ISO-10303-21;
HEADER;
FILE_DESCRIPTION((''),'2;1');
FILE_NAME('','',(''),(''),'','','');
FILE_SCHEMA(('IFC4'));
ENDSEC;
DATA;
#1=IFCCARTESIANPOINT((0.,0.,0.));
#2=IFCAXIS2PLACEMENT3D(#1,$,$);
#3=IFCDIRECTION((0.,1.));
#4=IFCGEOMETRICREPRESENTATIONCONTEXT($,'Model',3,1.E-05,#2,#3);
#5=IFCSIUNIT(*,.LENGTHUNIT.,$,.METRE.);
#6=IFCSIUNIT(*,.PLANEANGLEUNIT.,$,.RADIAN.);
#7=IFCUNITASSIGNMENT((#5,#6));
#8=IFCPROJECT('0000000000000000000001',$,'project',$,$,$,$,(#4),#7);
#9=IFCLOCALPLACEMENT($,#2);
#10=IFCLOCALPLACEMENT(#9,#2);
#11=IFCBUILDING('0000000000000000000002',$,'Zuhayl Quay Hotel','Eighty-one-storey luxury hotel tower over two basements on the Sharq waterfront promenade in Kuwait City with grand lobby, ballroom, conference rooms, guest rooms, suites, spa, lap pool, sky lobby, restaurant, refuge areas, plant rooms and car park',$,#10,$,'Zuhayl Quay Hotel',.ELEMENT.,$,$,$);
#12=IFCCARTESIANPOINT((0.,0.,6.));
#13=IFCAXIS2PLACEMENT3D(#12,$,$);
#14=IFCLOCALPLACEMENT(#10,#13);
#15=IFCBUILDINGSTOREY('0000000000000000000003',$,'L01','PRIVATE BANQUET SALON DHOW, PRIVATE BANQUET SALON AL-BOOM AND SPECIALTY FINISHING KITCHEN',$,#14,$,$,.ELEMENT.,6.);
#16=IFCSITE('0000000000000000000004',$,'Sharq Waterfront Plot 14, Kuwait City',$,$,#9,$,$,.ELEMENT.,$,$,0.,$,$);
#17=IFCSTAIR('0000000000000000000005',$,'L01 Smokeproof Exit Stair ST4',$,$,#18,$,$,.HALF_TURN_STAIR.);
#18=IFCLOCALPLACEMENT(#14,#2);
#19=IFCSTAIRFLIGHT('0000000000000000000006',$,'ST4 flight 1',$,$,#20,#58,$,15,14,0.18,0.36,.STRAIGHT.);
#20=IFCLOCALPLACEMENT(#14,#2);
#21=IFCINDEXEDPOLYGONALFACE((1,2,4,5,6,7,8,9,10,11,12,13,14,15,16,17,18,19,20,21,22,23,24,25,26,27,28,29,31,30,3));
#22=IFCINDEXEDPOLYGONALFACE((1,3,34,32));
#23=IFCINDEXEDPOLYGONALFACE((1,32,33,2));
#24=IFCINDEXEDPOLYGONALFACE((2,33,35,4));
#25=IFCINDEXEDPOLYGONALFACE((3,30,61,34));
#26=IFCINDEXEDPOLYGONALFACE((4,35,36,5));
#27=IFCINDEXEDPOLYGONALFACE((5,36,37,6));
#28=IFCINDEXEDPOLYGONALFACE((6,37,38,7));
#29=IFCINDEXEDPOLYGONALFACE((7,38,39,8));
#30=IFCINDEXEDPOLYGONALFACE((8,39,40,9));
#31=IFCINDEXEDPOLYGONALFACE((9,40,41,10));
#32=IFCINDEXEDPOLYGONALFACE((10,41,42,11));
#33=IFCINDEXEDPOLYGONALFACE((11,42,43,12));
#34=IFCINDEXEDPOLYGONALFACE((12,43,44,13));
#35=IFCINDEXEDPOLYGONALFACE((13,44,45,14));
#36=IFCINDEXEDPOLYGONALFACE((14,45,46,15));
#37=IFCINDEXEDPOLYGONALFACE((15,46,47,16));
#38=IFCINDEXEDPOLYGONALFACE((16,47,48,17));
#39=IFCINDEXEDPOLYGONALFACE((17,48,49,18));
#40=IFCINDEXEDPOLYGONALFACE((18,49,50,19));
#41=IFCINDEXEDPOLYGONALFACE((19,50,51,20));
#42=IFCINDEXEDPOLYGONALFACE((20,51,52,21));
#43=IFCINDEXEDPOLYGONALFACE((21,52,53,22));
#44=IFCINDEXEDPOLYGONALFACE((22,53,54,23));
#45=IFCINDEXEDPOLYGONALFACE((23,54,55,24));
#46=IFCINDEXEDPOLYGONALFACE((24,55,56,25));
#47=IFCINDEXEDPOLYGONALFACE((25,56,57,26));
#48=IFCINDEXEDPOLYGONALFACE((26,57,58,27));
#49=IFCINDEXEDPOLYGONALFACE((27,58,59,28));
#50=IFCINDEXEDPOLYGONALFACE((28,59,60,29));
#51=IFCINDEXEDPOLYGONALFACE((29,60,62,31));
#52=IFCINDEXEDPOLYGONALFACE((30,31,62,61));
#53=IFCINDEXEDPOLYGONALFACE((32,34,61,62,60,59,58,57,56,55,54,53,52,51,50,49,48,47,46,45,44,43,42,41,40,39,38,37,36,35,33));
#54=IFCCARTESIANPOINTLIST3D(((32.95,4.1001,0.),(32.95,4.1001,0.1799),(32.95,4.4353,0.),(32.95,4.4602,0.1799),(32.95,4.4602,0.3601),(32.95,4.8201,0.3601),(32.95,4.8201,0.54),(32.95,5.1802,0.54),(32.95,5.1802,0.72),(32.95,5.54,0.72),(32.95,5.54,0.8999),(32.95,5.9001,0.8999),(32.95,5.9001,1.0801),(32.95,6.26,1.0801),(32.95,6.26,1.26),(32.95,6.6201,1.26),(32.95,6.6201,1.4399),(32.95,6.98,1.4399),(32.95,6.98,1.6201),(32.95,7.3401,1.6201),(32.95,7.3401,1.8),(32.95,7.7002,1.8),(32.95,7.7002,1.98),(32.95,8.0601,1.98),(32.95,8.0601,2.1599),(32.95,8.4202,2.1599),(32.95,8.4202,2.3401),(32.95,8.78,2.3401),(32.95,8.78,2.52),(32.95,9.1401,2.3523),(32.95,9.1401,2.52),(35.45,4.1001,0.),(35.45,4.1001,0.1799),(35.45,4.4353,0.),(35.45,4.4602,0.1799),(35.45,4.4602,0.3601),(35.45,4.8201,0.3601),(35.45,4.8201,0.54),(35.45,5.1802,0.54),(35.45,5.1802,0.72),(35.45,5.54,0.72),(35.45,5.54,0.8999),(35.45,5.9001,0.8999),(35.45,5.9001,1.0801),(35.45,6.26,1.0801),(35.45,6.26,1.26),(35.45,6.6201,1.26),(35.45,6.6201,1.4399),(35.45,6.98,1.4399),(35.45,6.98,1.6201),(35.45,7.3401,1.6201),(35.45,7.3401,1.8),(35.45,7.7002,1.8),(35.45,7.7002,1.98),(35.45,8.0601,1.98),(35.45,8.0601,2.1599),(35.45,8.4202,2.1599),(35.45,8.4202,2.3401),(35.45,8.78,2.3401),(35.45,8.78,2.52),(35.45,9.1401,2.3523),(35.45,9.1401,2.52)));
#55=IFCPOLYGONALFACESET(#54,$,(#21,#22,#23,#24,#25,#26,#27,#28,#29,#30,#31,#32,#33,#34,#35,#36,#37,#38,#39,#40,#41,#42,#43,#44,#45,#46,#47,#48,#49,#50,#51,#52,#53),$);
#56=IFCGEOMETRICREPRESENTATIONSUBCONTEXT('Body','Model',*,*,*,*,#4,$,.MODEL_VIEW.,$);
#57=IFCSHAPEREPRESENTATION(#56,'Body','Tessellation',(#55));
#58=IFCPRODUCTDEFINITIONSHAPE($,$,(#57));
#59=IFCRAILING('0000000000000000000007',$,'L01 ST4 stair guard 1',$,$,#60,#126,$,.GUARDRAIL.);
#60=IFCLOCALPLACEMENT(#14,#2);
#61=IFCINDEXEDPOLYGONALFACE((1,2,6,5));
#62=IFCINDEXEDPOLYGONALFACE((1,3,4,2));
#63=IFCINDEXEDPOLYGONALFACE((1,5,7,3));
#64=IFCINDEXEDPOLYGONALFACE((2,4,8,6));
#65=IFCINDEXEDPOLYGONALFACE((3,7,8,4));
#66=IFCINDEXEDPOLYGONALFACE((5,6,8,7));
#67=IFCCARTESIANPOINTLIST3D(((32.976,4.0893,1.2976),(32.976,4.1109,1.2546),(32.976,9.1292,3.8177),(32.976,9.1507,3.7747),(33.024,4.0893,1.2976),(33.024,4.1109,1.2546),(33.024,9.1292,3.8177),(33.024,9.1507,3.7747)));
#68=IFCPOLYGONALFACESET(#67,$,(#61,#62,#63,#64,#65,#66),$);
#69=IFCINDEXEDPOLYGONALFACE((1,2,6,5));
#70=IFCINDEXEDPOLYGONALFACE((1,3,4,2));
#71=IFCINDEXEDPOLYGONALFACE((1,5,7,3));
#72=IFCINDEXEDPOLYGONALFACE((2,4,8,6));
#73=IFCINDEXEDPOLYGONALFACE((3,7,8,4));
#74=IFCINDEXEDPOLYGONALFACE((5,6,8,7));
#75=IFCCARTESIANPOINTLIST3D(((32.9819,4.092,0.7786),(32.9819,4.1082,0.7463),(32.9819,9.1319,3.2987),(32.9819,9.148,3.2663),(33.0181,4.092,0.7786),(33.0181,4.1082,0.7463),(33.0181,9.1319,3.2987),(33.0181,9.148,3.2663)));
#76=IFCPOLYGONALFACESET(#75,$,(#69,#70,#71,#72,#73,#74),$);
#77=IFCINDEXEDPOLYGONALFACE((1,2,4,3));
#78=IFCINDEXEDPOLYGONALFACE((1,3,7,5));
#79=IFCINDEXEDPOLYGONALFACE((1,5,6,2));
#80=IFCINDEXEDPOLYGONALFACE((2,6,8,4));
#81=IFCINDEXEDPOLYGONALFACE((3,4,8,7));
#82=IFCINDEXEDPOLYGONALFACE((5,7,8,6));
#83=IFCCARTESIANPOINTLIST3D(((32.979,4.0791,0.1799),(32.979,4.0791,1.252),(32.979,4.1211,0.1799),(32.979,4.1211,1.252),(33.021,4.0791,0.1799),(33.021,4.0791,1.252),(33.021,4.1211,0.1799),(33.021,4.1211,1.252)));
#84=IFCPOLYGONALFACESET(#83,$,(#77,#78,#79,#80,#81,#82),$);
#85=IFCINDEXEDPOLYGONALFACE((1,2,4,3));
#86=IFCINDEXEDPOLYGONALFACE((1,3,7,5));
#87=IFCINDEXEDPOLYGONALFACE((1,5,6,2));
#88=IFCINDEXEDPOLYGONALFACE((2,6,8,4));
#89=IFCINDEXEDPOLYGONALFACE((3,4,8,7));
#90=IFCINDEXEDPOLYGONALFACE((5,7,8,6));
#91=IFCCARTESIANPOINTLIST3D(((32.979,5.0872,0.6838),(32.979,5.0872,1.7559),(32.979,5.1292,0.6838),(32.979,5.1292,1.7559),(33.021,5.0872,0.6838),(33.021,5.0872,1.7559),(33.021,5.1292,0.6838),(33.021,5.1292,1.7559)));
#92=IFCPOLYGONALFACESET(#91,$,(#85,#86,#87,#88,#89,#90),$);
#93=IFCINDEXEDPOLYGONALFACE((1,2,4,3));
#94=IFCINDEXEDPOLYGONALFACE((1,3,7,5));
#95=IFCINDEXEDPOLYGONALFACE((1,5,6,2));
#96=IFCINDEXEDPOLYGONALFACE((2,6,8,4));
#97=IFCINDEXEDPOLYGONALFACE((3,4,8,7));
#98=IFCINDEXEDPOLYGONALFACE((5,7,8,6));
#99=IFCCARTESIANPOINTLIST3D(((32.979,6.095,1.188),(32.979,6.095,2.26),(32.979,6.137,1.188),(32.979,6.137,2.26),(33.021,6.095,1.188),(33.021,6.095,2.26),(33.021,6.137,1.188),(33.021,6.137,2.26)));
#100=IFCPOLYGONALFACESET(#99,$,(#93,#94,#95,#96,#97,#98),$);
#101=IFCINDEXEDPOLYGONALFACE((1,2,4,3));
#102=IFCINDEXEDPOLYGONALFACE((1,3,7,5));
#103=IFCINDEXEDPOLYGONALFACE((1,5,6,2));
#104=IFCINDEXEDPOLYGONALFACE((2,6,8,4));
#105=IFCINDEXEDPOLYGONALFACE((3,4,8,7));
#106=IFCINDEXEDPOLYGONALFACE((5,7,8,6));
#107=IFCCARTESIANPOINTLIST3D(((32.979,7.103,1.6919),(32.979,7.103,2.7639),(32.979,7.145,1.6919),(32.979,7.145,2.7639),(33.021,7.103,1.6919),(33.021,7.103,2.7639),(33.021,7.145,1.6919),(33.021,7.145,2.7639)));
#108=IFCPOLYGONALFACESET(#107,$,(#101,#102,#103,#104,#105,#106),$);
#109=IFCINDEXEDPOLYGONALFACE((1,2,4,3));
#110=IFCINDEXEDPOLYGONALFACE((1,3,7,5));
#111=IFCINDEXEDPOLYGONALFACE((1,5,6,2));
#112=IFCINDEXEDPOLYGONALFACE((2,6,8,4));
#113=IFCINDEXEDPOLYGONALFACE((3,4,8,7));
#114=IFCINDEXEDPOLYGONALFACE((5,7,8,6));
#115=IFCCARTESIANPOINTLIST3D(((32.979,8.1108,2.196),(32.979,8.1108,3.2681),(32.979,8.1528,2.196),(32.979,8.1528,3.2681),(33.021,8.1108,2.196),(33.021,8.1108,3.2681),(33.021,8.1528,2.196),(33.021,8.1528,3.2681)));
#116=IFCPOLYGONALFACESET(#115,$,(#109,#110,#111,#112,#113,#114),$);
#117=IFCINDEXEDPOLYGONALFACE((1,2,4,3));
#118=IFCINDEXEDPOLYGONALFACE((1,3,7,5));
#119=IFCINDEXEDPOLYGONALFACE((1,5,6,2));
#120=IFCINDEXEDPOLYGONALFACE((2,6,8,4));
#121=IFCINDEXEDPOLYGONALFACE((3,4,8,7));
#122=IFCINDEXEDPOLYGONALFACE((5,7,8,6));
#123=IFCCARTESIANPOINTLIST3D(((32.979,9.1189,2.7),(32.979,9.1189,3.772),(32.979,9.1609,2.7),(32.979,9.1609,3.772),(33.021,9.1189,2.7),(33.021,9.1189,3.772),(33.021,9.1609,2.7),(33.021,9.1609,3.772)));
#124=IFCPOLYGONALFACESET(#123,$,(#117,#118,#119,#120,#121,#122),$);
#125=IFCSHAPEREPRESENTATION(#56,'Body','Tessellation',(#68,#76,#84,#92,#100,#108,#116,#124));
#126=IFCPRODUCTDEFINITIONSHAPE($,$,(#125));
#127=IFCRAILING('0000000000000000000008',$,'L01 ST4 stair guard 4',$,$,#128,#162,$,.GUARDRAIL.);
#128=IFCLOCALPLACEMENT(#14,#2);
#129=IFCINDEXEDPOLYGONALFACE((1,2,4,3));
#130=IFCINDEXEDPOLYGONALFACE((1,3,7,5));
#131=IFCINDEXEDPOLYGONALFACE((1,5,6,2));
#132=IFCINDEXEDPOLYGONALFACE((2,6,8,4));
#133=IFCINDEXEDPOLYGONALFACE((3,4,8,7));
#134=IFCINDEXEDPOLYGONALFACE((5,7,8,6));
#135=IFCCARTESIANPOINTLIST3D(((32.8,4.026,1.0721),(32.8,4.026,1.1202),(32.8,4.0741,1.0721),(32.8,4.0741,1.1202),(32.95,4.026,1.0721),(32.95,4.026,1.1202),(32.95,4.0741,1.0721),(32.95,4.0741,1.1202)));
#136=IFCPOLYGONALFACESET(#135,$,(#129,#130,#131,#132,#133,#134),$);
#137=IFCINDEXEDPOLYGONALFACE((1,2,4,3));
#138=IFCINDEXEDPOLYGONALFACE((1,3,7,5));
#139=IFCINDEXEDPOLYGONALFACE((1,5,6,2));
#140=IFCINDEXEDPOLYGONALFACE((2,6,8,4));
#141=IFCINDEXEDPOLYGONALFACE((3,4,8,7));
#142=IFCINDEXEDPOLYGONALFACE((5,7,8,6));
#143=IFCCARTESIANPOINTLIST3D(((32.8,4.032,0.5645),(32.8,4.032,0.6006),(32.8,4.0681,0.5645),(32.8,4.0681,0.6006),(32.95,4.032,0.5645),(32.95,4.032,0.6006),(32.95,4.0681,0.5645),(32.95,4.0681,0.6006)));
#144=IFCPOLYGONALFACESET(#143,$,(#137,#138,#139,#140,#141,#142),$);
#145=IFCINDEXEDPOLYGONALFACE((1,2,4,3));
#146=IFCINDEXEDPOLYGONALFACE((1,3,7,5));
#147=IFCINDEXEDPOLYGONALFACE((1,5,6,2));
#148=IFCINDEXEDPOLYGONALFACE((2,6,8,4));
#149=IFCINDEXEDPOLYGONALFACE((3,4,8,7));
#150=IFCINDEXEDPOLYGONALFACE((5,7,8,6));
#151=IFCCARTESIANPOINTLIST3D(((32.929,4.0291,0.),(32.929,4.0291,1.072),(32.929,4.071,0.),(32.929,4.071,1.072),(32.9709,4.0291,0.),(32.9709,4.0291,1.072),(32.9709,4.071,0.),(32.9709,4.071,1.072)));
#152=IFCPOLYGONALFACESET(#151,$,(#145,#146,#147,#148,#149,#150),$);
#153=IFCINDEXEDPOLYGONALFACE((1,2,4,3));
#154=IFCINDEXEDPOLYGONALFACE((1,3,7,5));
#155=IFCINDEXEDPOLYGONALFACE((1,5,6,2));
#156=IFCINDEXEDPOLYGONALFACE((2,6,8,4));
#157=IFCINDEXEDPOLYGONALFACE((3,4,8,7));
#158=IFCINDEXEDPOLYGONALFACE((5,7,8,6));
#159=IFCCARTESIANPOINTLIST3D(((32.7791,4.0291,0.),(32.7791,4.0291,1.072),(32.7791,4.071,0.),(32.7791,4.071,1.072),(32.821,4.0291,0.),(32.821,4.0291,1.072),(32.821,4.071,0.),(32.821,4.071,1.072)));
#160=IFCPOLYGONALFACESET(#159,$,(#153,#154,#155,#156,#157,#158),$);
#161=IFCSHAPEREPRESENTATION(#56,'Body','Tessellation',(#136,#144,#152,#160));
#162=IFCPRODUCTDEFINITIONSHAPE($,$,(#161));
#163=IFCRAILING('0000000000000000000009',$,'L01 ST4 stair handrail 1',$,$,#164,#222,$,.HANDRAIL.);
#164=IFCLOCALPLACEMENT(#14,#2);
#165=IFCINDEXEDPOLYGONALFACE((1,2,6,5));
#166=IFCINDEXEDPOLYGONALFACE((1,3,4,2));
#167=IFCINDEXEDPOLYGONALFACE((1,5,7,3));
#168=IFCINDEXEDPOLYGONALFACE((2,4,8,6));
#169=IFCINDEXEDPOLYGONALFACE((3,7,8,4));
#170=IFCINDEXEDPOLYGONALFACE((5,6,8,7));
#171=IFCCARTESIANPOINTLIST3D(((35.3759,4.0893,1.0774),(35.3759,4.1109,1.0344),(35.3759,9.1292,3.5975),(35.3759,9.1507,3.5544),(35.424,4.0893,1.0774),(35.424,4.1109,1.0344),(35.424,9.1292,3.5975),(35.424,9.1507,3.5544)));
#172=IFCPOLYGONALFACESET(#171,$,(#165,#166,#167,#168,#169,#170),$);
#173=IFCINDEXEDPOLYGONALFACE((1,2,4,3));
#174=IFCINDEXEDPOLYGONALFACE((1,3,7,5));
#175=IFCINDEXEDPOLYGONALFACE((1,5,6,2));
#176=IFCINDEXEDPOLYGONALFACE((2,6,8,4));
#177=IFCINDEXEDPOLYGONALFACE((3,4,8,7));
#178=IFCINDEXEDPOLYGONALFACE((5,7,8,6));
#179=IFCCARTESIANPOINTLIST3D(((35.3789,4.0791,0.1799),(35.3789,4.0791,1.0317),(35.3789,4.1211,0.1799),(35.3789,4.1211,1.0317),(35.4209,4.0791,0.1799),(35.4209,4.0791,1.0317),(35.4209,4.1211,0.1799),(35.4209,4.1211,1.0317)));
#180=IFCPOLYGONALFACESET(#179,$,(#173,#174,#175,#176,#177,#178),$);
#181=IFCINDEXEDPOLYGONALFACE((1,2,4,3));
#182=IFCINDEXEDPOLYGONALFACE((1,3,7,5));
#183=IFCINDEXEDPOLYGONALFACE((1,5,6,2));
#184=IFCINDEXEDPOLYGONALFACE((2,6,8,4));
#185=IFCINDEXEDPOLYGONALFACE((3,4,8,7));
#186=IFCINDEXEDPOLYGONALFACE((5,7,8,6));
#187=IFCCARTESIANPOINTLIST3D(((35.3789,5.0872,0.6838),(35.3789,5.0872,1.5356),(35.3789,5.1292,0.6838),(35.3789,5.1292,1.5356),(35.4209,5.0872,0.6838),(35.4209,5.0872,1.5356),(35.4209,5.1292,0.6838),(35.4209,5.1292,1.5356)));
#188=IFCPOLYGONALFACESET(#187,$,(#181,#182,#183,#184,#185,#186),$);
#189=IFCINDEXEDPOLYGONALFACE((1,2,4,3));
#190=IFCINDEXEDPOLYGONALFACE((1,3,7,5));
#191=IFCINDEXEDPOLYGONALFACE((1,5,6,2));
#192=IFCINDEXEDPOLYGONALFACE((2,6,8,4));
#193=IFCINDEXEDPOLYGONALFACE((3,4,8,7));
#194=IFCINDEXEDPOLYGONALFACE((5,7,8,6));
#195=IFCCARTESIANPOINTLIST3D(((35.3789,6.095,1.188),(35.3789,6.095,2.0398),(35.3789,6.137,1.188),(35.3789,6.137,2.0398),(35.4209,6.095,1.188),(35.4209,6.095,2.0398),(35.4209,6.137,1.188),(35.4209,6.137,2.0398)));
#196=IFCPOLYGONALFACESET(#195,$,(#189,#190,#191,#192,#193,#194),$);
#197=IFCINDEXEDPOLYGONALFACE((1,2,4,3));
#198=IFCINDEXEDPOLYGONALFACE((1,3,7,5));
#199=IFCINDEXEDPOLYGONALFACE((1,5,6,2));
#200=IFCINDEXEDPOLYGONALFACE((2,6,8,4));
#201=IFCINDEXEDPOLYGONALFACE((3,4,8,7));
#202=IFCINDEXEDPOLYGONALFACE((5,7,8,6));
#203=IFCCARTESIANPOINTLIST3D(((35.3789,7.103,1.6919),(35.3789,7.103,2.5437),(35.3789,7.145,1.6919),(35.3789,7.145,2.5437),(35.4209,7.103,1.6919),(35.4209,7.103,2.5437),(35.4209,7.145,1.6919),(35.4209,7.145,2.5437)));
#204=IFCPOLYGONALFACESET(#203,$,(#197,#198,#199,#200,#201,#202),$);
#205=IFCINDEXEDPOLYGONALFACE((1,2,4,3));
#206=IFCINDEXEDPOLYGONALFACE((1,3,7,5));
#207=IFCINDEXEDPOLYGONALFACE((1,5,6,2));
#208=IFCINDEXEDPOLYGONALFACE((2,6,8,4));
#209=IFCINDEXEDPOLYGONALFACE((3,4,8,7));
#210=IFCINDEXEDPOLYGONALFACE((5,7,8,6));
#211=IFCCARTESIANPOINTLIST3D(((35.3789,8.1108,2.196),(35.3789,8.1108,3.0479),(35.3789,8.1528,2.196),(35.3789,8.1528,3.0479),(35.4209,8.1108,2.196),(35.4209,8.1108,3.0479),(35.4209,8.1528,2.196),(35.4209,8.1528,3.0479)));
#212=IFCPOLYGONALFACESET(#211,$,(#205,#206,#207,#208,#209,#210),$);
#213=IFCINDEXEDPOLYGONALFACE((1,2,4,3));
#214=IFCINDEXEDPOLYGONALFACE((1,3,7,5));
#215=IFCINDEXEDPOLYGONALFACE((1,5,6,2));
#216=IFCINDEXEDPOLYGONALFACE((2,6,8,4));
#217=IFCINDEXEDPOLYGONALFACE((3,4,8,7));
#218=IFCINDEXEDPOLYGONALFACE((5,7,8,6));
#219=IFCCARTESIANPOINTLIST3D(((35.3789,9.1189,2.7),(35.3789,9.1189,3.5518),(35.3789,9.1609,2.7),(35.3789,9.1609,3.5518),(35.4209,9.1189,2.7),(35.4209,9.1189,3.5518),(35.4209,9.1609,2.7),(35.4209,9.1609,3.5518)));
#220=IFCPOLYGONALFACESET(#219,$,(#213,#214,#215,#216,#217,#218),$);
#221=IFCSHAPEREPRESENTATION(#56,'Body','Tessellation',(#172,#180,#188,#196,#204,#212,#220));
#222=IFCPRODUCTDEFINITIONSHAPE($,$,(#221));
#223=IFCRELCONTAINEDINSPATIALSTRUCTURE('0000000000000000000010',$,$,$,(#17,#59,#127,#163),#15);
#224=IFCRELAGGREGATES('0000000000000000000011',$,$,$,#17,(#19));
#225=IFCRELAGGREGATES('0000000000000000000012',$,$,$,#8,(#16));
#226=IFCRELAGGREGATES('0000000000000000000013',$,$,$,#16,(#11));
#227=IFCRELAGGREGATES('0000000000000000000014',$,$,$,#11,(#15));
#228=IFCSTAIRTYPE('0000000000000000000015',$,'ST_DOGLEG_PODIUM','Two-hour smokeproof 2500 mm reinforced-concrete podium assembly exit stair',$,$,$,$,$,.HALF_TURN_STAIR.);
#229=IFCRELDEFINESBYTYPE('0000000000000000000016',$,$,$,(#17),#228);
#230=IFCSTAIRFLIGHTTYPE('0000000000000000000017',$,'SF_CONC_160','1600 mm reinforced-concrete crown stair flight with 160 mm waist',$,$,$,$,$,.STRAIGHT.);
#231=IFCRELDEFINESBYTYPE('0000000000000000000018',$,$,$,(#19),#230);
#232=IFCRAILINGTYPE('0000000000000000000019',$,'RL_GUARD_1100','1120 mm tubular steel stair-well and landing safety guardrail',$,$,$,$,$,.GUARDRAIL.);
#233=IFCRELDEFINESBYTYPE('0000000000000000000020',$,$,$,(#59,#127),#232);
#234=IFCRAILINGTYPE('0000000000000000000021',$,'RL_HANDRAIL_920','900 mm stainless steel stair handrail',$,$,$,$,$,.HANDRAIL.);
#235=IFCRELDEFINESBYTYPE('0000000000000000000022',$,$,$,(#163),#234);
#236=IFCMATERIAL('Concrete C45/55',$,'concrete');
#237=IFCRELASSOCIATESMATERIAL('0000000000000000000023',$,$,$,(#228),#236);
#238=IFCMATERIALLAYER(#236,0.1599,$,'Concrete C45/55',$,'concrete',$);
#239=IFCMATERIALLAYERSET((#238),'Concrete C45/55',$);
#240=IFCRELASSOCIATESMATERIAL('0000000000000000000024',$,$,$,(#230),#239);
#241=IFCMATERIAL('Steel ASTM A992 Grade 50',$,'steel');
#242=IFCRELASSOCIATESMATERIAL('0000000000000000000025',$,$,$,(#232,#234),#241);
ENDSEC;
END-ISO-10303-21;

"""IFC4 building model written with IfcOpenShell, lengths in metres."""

from ifc_helpers import new_model, si_unit, direction, frame, origin, origin_2d, place, context, subcontext, project, spatial, polyline, rectangle, outline, extrude, material, layer, layer_set, type_object, element, aggregate, save


model = new_model("IFC4")

# Units and contexts
model_context = context("Model", 3, precision=1e-05, world=origin(), true_north=direction((0.0, 1.0)))
body_context = subcontext(model_context, "Body", "Model", "MODEL_VIEW")
ifc_project = project(units=[si_unit("LENGTHUNIT", "METRE"), si_unit("PLANEANGLEUNIT", "RADIAN")], contexts=[model_context])

# Site, building, storey
site_placement = place(None, origin())
site = spatial("IfcSite", under=ifc_project, at=site_placement, Name="Sharq Waterfront Plot 14, Kuwait City", CompositionType="ELEMENT", RefElevation=0.0)
building_placement = place(site_placement, origin())
building = spatial("IfcBuilding", under=site, at=building_placement, Name="Zuhayl Quay Hotel", Description="Eighty-one-storey luxury hotel tower over two basements on the Sharq waterfront promenade in Kuwait City with grand lobby, ballroom, conference rooms, guest rooms, suites, spa, lap pool, sky lobby, restaurant, refuge areas, plant rooms and car park", LongName="Zuhayl Quay Hotel", CompositionType="ELEMENT")
storey_placement = place(building_placement, frame((0.0, 0.0, 6.0)))
storey = spatial("IfcBuildingStorey", under=building, at=storey_placement, Name="L01", Description="PRIVATE BANQUET SALON DHOW, PRIVATE BANQUET SALON AL-BOOM AND SPECIALTY FINISHING KITCHEN", CompositionType="ELEMENT", Elevation=6.0)

# Shared definitions
ifc_material_1 = material(Name="Steel ASTM A992 Grade 50", Category="steel")

# Stair, stair flight
ifc_material_2 = material(Name="Concrete C45/55", Category="concrete")
stair_type = type_object("IfcStairType", Name="ST_DOGLEG_PODIUM", Description="Two-hour smokeproof 2500 mm reinforced-concrete podium assembly exit stair", PredefinedType="HALF_TURN_STAIR", material=ifc_material_2)
stair_placement = place(storey_placement, origin())
stair = element("IfcStair", 1, at=stair_placement, inside=storey, type_object=stair_type, Name="L01 Smokeproof Exit Stair ST4", PredefinedType="HALF_TURN_STAIR")
ifc_layer_1 = layer(ifc_material_2, 0.1599, Name="Concrete C45/55", Category="concrete")
ifc_layer_set_1 = layer_set([ifc_layer_1], Name="Concrete C45/55")
stair_flight_type = type_object("IfcStairFlightType", Name="SF_CONC_160", Description="1600 mm reinforced-concrete crown stair flight with 160 mm waist", PredefinedType="STRAIGHT", material=ifc_layer_set_1)
stair_flight_placement = place(storey_placement, frame((34.2, 4.1001, 0.0), z_axis=(0.0, 0.0, 1.0), x_axis=(0.0, 1.0, 0.0)))
stair_flight = element("IfcStairFlight", 2, at=stair_flight_placement, type_object=stair_flight_type, Name="ST4 flight 1", NumberOfRisers=15, NumberOfTreads=14, PredefinedType="STRAIGHT", RiserHeight=0.18, TreadLength=0.36, context=body_context, shape_type="SweptSolid", body=[
    extrude(outline(polyline([(0.0, 0.0), (0.0, 0.1799), (0.3601, 0.1799), (0.3601, 0.3601), (0.72, 0.3601), (0.72, 0.54), (1.0801, 0.54), (1.0801, 0.72), (1.4399, 0.72), (1.4399, 0.8999), (1.8, 0.8999), (1.8, 1.0801), (2.1599, 1.0801), (2.1599, 1.26), (2.52, 1.26), (2.52, 1.4399), (2.8799, 1.4399), (2.8799, 1.6201), (3.24, 1.6201), (3.24, 1.8), (3.6001, 1.8), (3.6001, 1.98), (3.96, 1.98), (3.96, 2.1599), (4.3201, 2.1599), (4.3201, 2.3401), (4.6799, 2.3401), (4.6799, 2.52), (5.04, 2.52), (5.04, 2.7), (5.04, 2.3523), (0.3352, 0.0), (0.0, 0.0)])), frame((0.0, 1.25, 0.0), z_axis=(0.0, -1.0, 0.0), x_axis=(1.0, 0.0, 0.0)), (0.0, 0.0, 1.0), 2.5),
])
aggregate(stair, [stair_flight])

# Railings
railing_type_1 = type_object("IfcRailingType", Name="RL_GUARD_1100", Description="1120 mm tubular steel stair-well and landing safety guardrail", PredefinedType="GUARDRAIL", material=ifc_material_1)
railing_1_placement = place(storey_placement, frame((33.0, 4.1001, 0.1799)))
element("IfcRailing", 3, at=railing_1_placement, inside=storey, type_object=railing_type_1, Name="L01 ST4 stair guard 1", PredefinedType="GUARDRAIL", context=body_context, shape_type="SweptSolid", body=[
    extrude(rectangle(XDim=0.0481, YDim=0.0481, at=origin_2d()), frame((0.0, 0.0, 1.0962), z_axis=(0.0, 0.894419, 0.447231), x_axis=(-1.0, 0.0, 0.0)), (0.0, 0.0, 1.0), 5.6348),
    extrude(rectangle(XDim=0.0361, YDim=0.0361, at=origin_2d()), frame((0.0, 0.0, 0.5825), z_axis=(0.0, 0.894419, 0.447231), x_axis=(-1.0, 0.0, 0.0)), (0.0, 0.0, 1.0), 5.6348),
    extrude(rectangle(XDim=0.042, YDim=0.042, at=origin_2d()), origin(), (0.0, 0.0, 1.0), 1.072),
    extrude(rectangle(XDim=0.042, YDim=0.042, at=origin_2d()), frame((0.0, 1.0081, 0.5039)), (0.0, 0.0, 1.0), 1.072),
    extrude(rectangle(XDim=0.042, YDim=0.042, at=origin_2d()), frame((0.0, 2.0159, 1.0081)), (0.0, 0.0, 1.0), 1.072),
    extrude(rectangle(XDim=0.042, YDim=0.042, at=origin_2d()), frame((0.0, 3.0239, 1.512)), (0.0, 0.0, 1.0), 1.072),
    extrude(rectangle(XDim=0.042, YDim=0.042, at=origin_2d()), frame((0.0, 4.0317, 2.0161)), (0.0, 0.0, 1.0), 1.072),
    extrude(rectangle(XDim=0.042, YDim=0.042, at=origin_2d()), frame((0.0, 5.0398, 2.52)), (0.0, 0.0, 1.0), 1.072),
])
railing_2_placement = place(storey_placement, frame((32.95, 4.05, 0.0)))
element("IfcRailing", 4, at=railing_2_placement, inside=storey, type_object=railing_type_1, Name="L01 ST4 stair guard 4", PredefinedType="GUARDRAIL", context=body_context, shape_type="SweptSolid", body=[
    extrude(rectangle(XDim=0.0481, YDim=0.0481, at=origin_2d()), frame((0.0, 0.0, 1.0962), z_axis=(-1.0, 0.0, 0.0), x_axis=(0.0, -1.0, 0.0)), (0.0, 0.0, 1.0), 0.1499),
    extrude(rectangle(XDim=0.0361, YDim=0.0361, at=origin_2d()), frame((0.0, 0.0, 0.5825), z_axis=(-1.0, 0.0, 0.0), x_axis=(0.0, -1.0, 0.0)), (0.0, 0.0, 1.0), 0.1499),
    extrude(rectangle(XDim=0.042, YDim=0.042, at=origin_2d()), origin(), (0.0, 0.0, 1.0), 1.072),
    extrude(rectangle(XDim=0.042, YDim=0.042, at=origin_2d()), frame((-0.1499, 0.0, 0.0)), (0.0, 0.0, 1.0), 1.072),
])
railing_type_2 = type_object("IfcRailingType", Name="RL_HANDRAIL_920", Description="900 mm stainless steel stair handrail", PredefinedType="HANDRAIL", material=ifc_material_1)
railing_3_placement = place(storey_placement, frame((35.3999, 4.1001, 0.1799)))
element("IfcRailing", 5, at=railing_3_placement, inside=storey, type_object=railing_type_2, Name="L01 ST4 stair handrail 1", PredefinedType="HANDRAIL", context=body_context, shape_type="SweptSolid", body=[
    extrude(rectangle(XDim=0.0481, YDim=0.0481, at=origin_2d()), frame((0.0, 0.0, 0.876), z_axis=(0.0, 0.894419, 0.447231), x_axis=(-1.0, 0.0, 0.0)), (0.0, 0.0, 1.0), 5.6348),
    extrude(rectangle(XDim=0.042, YDim=0.042, at=origin_2d()), origin(), (0.0, 0.0, 1.0), 0.8518),
    extrude(rectangle(XDim=0.042, YDim=0.042, at=origin_2d()), frame((0.0, 1.0081, 0.5039)), (0.0, 0.0, 1.0), 0.8518),
    extrude(rectangle(XDim=0.042, YDim=0.042, at=origin_2d()), frame((0.0, 2.0159, 1.0081)), (0.0, 0.0, 1.0), 0.8518),
    extrude(rectangle(XDim=0.042, YDim=0.042, at=origin_2d()), frame((0.0, 3.0239, 1.512)), (0.0, 0.0, 1.0), 0.8518),
    extrude(rectangle(XDim=0.042, YDim=0.042, at=origin_2d()), frame((0.0, 4.0317, 2.0161)), (0.0, 0.0, 1.0), 0.8518),
    extrude(rectangle(XDim=0.042, YDim=0.042, at=origin_2d()), frame((0.0, 5.0398, 2.52)), (0.0, 0.0, 1.0), 0.8518),
])

save(model, "model.ifc")
